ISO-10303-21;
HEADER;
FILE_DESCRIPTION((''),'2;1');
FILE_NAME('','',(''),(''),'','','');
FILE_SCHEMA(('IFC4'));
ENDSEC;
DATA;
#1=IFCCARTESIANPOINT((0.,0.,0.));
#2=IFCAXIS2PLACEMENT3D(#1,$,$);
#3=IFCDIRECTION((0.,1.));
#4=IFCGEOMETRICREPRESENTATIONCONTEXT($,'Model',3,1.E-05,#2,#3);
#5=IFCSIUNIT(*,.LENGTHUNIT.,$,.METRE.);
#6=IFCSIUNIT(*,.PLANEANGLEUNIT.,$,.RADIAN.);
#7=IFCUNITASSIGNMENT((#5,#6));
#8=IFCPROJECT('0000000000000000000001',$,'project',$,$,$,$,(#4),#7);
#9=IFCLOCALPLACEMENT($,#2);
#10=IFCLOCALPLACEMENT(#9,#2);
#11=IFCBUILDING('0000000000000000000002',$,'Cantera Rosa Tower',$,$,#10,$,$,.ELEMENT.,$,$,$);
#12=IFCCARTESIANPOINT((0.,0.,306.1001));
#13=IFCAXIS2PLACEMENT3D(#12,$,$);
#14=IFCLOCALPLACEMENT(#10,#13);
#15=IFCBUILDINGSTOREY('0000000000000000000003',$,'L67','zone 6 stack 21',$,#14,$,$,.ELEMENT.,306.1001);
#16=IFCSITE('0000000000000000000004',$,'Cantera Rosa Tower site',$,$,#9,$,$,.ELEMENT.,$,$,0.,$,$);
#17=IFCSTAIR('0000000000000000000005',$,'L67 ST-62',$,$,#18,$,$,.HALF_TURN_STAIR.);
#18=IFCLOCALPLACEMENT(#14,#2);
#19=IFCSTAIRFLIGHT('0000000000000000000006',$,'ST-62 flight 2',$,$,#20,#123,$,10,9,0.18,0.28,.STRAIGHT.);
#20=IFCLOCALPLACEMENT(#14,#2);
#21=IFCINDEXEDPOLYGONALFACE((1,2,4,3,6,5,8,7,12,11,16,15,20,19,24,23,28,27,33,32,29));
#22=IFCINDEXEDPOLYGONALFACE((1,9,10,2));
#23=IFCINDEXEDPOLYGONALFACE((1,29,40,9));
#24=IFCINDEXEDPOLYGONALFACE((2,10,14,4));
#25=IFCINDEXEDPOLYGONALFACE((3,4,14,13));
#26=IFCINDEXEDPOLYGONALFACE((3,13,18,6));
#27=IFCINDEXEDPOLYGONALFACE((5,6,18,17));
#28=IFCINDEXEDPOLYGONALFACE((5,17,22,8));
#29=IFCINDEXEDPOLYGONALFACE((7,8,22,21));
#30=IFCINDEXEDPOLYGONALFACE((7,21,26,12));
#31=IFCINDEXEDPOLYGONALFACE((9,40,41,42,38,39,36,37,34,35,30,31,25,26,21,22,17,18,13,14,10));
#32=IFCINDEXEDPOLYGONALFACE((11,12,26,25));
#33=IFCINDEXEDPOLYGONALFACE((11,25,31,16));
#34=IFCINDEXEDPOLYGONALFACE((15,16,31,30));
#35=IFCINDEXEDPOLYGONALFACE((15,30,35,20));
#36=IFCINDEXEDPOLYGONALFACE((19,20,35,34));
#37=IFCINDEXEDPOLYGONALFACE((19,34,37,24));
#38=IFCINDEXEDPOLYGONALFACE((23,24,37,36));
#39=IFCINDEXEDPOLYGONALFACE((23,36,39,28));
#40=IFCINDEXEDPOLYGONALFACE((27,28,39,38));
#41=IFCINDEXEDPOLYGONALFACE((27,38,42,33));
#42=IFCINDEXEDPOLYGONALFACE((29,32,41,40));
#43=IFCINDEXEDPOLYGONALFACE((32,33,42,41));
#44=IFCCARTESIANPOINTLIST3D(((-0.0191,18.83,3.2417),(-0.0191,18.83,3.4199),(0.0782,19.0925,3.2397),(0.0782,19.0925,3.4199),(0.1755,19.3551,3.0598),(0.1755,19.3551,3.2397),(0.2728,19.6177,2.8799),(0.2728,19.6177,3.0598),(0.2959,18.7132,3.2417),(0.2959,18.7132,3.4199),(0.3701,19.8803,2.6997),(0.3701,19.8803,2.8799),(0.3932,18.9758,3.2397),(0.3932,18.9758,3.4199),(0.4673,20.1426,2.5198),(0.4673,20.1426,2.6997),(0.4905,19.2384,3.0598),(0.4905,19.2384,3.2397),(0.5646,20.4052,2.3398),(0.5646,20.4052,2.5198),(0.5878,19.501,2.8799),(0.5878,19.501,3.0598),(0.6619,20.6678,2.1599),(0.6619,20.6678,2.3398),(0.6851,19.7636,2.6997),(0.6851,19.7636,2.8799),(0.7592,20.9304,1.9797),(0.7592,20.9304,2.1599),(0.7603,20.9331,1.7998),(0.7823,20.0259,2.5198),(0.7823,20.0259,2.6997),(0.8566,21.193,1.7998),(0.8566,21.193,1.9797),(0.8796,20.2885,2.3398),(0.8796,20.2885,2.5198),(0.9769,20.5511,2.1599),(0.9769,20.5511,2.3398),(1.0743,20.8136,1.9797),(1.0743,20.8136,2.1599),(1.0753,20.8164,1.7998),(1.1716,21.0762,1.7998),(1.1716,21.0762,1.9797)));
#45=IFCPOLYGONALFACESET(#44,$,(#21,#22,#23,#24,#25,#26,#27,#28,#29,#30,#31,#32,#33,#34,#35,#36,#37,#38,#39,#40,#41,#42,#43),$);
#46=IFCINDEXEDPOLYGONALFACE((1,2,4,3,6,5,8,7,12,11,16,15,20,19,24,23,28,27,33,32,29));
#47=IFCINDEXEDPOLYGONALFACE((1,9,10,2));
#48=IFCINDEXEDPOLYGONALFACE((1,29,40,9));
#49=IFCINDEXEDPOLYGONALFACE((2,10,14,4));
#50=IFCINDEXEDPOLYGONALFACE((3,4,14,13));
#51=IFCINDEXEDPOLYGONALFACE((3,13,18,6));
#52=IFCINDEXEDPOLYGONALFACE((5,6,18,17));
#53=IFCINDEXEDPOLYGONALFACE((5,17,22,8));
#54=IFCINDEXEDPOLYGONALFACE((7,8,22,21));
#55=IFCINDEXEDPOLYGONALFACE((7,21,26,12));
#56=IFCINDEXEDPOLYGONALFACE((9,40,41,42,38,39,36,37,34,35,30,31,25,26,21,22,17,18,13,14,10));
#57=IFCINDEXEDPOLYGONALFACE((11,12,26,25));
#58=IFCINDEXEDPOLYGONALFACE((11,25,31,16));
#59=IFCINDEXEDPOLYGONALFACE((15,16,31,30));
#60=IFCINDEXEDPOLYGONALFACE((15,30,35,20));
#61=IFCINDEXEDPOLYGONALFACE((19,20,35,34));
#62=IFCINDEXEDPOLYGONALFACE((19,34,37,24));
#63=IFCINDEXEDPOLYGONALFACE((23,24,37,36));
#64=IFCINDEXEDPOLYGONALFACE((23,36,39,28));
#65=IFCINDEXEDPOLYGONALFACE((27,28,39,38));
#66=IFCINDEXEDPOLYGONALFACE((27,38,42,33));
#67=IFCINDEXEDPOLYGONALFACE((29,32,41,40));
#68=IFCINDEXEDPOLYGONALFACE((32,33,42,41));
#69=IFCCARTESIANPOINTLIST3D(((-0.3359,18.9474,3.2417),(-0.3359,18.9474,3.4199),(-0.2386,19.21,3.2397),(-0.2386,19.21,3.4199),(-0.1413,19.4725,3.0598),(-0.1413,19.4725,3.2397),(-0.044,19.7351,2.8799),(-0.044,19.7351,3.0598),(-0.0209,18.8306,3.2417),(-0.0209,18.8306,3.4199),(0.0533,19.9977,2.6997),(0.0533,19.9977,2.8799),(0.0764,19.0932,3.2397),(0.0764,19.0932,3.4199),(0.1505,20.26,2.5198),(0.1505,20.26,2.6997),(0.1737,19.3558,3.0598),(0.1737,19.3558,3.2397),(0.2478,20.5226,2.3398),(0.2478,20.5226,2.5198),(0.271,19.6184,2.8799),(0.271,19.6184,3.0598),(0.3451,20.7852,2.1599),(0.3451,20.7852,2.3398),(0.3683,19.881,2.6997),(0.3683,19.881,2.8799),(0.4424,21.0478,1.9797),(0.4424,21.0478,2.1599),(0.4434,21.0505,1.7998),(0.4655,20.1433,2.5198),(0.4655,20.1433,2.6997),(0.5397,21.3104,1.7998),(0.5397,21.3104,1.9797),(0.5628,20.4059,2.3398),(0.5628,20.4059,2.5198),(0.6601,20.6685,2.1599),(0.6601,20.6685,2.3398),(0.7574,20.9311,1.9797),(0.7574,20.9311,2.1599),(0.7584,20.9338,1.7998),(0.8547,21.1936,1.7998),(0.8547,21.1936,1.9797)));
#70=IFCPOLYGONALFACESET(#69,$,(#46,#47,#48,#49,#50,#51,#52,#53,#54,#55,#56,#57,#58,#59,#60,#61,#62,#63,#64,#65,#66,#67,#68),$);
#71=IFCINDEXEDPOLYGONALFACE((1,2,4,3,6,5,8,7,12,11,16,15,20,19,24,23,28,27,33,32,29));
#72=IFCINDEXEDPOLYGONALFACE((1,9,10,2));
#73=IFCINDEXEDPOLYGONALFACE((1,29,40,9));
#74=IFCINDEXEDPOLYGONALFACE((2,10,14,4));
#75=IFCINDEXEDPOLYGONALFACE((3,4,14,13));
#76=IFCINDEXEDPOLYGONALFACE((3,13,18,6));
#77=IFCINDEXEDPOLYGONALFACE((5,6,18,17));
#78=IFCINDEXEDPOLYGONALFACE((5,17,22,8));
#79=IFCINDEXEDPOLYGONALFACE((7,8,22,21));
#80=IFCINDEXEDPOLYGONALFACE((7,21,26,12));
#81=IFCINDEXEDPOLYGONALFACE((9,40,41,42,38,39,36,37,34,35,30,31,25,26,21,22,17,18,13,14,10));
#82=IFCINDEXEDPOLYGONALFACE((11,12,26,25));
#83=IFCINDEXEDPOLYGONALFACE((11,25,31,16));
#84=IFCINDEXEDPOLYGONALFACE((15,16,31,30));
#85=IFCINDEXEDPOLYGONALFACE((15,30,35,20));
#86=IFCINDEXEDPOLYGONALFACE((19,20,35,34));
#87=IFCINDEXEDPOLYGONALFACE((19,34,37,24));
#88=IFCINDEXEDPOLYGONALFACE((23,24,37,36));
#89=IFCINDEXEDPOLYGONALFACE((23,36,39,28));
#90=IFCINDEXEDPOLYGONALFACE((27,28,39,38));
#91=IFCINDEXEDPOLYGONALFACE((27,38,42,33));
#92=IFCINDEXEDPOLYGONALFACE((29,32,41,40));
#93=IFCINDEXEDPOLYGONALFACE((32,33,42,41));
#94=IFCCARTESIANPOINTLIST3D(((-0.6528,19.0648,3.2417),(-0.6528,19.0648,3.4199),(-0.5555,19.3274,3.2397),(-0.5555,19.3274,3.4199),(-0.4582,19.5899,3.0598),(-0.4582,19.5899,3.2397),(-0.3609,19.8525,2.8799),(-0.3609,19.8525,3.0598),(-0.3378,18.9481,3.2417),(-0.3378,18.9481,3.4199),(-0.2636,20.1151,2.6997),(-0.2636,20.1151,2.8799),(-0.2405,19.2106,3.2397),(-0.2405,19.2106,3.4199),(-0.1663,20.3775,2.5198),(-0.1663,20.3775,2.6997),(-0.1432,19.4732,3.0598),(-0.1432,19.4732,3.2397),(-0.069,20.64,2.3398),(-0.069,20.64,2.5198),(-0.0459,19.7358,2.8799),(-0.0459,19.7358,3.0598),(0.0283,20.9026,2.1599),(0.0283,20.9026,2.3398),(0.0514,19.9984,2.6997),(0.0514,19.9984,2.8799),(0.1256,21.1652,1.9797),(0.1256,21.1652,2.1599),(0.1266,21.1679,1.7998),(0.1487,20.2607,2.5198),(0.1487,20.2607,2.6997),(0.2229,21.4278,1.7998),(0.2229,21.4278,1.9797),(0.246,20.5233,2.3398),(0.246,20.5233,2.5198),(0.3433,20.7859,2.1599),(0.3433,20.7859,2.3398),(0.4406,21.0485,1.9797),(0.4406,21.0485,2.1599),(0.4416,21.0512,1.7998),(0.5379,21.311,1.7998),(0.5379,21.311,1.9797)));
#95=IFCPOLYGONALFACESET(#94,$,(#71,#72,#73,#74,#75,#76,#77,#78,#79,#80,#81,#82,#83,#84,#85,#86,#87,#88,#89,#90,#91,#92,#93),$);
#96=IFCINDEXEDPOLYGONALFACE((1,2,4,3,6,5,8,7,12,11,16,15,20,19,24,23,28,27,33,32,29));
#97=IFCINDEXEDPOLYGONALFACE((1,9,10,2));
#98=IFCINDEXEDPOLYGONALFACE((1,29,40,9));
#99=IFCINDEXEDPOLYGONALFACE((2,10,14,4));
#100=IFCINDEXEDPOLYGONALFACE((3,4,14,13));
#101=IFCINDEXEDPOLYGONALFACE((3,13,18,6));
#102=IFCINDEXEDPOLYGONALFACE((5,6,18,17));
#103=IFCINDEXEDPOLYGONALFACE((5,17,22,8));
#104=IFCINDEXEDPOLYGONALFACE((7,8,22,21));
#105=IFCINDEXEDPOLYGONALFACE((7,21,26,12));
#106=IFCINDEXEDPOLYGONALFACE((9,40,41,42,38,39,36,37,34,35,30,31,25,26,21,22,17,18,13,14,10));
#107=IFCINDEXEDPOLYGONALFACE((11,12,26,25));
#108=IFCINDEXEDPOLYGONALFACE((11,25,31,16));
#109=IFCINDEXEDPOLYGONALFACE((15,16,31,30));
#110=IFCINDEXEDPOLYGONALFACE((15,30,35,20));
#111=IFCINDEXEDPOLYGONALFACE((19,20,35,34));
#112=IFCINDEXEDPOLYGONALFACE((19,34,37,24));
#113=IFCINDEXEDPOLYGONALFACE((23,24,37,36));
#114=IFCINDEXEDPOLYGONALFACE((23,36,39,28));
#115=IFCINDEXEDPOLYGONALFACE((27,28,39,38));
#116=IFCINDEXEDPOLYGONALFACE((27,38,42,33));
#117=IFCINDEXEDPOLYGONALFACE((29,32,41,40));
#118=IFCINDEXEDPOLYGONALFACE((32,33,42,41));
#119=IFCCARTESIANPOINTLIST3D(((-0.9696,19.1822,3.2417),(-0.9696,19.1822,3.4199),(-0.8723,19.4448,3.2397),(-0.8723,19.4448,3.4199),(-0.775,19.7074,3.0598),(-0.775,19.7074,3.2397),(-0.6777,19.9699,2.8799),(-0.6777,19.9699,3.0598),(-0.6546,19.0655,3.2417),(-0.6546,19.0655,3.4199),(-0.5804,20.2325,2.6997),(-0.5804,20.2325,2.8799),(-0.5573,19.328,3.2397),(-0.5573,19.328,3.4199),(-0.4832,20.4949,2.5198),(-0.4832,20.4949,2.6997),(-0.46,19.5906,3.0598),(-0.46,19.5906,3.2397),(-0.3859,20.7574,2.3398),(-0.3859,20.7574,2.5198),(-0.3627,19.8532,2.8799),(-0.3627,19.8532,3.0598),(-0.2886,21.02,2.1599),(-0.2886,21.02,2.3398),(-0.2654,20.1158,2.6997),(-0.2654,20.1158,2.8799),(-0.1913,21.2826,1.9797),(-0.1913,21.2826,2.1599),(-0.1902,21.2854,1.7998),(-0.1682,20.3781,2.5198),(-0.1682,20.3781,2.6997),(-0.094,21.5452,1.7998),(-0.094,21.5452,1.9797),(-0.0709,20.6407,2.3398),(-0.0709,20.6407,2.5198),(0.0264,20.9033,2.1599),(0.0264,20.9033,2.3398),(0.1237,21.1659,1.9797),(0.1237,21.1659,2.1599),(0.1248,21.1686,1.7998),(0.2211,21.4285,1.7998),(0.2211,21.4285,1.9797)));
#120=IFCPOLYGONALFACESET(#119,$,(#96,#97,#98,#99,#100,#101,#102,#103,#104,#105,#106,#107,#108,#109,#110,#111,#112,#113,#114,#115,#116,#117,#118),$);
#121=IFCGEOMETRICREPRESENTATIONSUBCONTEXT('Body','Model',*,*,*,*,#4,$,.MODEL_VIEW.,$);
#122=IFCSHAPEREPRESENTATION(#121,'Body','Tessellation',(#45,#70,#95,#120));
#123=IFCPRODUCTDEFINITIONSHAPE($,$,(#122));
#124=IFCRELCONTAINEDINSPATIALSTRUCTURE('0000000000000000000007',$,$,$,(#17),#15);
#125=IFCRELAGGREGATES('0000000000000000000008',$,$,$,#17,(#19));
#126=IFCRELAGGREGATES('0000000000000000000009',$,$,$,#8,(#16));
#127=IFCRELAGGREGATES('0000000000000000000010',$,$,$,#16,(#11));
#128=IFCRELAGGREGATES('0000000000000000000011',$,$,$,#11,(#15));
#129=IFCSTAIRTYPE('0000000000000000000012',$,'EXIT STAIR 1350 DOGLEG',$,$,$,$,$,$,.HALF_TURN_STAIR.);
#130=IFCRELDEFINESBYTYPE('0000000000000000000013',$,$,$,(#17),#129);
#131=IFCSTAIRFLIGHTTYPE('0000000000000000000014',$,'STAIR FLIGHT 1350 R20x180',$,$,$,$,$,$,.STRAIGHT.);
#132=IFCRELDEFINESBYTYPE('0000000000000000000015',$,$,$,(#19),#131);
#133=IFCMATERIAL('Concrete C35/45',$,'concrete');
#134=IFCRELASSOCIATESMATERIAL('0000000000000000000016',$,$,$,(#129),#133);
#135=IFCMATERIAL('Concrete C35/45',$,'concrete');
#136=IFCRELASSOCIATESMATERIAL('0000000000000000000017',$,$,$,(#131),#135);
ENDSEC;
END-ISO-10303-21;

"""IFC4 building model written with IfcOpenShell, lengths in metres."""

from ifc_helpers import new_model, si_unit, direction, frame, origin, place, context, subcontext, project, spatial, polyline, outline, extrude, material, type_object, element, aggregate, save


model = new_model("IFC4")

# Units and contexts
model_context = context("Model", 3, precision=1e-05, world=origin(), true_north=direction((0.0, 1.0)))
body_context = subcontext(model_context, "Body", "Model", "MODEL_VIEW")
ifc_project = project(units=[si_unit("LENGTHUNIT", "METRE"), si_unit("PLANEANGLEUNIT", "RADIAN")], contexts=[model_context])

# Site, building, storey
site_placement = place(None, origin())
site = spatial("IfcSite", under=ifc_project, at=site_placement, Name="Cantera Rosa Tower site", CompositionType="ELEMENT", RefElevation=0.0)
building_placement = place(site_placement, origin())
building = spatial("IfcBuilding", under=site, at=building_placement, Name="Cantera Rosa Tower", CompositionType="ELEMENT")
storey_placement = place(building_placement, frame((0.0, 0.0, 306.1001)))
storey = spatial("IfcBuildingStorey", under=building, at=storey_placement, Name="L67", Description="zone 6 stack 21", CompositionType="ELEMENT", Elevation=306.1001)

# Stair, stair flight
ifc_material_1 = material(Name="Concrete C35/45", Category="concrete")
stair_type = type_object("IfcStairType", Name="EXIT STAIR 1350 DOGLEG", PredefinedType="HALF_TURN_STAIR", material=ifc_material_1)
stair_placement = place(storey_placement, origin())
stair = element("IfcStair", 1, at=stair_placement, inside=storey, type_object=stair_type, Name="L67 ST-62", PredefinedType="HALF_TURN_STAIR")
ifc_material_2 = material(Name="Concrete C35/45", Category="concrete")
stair_flight_type = type_object("IfcStairFlightType", Name="STAIR FLIGHT 1350 R20x180", PredefinedType="STRAIGHT", material=ifc_material_2)
stair_flight_1_placement = place(storey_placement, frame((0.5386, 21.3108, 1.7998), z_axis=(0.0, 0.0, 1.0), x_axis=(-0.347481, -0.937687, 0.0)))
stair_flight_1 = element("IfcStairFlight", 2, at=stair_flight_1_placement, type_object=stair_flight_type, Name="ST-62 flight 2", NumberOfRisers=10, NumberOfTreads=9, PredefinedType="STRAIGHT", RiserHeight=0.18, TreadLength=0.28, context=body_context, shape_type="SweptSolid", body=[
    extrude(outline(polyline([(0.0, 0.0), (0.0, 0.1799), (0.28, 0.1799), (0.28, 0.3601), (0.5601, 0.3601), (0.5601, 0.54), (0.8401, 0.54), (0.8401, 0.72), (1.1201, 0.72), (1.1201, 0.8999), (1.3999, 0.8999), (1.3999, 1.0801), (1.6799, 1.0801), (1.6799, 1.26), (1.96, 1.26), (1.96, 1.4399), (2.24, 1.4399), (2.24, 1.6201), (2.52, 1.6201), (2.52, 1.8), (2.52, 1.4419), (0.2771, 0.0), (0.0, 0.0)])), frame((0.0, 0.675, 0.0), z_axis=(0.0, -1.0, 0.0), x_axis=(1.0, 0.0, 0.0)), (0.0, 0.0, 1.0), 0.3359),
    extrude(outline(polyline([(0.0, 0.0), (0.0, 0.1799), (0.28, 0.1799), (0.28, 0.3601), (0.5601, 0.3601), (0.5601, 0.54), (0.8401, 0.54), (0.8401, 0.72), (1.1201, 0.72), (1.1201, 0.8999), (1.3999, 0.8999), (1.3999, 1.0801), (1.6799, 1.0801), (1.6799, 1.26), (1.96, 1.26), (1.96, 1.4399), (2.24, 1.4399), (2.24, 1.6201), (2.52, 1.6201), (2.52, 1.8), (2.52, 1.4419), (0.2771, 0.0), (0.0, 0.0)])), frame((0.0, 0.3372, 0.0), z_axis=(0.0, -1.0, 0.0), x_axis=(1.0, 0.0, 0.0)), (0.0, 0.0, 1.0), 0.3359),
    extrude(outline(polyline([(0.0, 0.0), (0.0, 0.1799), (0.28, 0.1799), (0.28, 0.3601), (0.5601, 0.3601), (0.5601, 0.54), (0.8401, 0.54), (0.8401, 0.72), (1.1201, 0.72), (1.1201, 0.8999), (1.3999, 0.8999), (1.3999, 1.0801), (1.6799, 1.0801), (1.6799, 1.26), (1.96, 1.26), (1.96, 1.4399), (2.24, 1.4399), (2.24, 1.6201), (2.52, 1.6201), (2.52, 1.8), (2.52, 1.4419), (0.2771, 0.0), (0.0, 0.0)])), frame((0.0, -0.0007, 0.0), z_axis=(0.0, -1.0, 0.0), x_axis=(1.0, 0.0, 0.0)), (0.0, 0.0, 1.0), 0.3359),
    extrude(outline(polyline([(0.0, 0.0), (0.0, 0.1799), (0.28, 0.1799), (0.28, 0.3601), (0.5601, 0.3601), (0.5601, 0.54), (0.8401, 0.54), (0.8401, 0.72), (1.1201, 0.72), (1.1201, 0.8999), (1.3999, 0.8999), (1.3999, 1.0801), (1.6799, 1.0801), (1.6799, 1.26), (1.96, 1.26), (1.96, 1.4399), (2.24, 1.4399), (2.24, 1.6201), (2.52, 1.6201), (2.52, 1.8), (2.52, 1.4419), (0.2771, 0.0), (0.0, 0.0)])), frame((0.0, -0.3386, 0.0), z_axis=(0.0, -1.0, 0.0), x_axis=(1.0, 0.0, 0.0)), (0.0, 0.0, 1.0), 0.3359),
])
aggregate(stair, [stair_flight_1])

save(model, "model.ifc")
